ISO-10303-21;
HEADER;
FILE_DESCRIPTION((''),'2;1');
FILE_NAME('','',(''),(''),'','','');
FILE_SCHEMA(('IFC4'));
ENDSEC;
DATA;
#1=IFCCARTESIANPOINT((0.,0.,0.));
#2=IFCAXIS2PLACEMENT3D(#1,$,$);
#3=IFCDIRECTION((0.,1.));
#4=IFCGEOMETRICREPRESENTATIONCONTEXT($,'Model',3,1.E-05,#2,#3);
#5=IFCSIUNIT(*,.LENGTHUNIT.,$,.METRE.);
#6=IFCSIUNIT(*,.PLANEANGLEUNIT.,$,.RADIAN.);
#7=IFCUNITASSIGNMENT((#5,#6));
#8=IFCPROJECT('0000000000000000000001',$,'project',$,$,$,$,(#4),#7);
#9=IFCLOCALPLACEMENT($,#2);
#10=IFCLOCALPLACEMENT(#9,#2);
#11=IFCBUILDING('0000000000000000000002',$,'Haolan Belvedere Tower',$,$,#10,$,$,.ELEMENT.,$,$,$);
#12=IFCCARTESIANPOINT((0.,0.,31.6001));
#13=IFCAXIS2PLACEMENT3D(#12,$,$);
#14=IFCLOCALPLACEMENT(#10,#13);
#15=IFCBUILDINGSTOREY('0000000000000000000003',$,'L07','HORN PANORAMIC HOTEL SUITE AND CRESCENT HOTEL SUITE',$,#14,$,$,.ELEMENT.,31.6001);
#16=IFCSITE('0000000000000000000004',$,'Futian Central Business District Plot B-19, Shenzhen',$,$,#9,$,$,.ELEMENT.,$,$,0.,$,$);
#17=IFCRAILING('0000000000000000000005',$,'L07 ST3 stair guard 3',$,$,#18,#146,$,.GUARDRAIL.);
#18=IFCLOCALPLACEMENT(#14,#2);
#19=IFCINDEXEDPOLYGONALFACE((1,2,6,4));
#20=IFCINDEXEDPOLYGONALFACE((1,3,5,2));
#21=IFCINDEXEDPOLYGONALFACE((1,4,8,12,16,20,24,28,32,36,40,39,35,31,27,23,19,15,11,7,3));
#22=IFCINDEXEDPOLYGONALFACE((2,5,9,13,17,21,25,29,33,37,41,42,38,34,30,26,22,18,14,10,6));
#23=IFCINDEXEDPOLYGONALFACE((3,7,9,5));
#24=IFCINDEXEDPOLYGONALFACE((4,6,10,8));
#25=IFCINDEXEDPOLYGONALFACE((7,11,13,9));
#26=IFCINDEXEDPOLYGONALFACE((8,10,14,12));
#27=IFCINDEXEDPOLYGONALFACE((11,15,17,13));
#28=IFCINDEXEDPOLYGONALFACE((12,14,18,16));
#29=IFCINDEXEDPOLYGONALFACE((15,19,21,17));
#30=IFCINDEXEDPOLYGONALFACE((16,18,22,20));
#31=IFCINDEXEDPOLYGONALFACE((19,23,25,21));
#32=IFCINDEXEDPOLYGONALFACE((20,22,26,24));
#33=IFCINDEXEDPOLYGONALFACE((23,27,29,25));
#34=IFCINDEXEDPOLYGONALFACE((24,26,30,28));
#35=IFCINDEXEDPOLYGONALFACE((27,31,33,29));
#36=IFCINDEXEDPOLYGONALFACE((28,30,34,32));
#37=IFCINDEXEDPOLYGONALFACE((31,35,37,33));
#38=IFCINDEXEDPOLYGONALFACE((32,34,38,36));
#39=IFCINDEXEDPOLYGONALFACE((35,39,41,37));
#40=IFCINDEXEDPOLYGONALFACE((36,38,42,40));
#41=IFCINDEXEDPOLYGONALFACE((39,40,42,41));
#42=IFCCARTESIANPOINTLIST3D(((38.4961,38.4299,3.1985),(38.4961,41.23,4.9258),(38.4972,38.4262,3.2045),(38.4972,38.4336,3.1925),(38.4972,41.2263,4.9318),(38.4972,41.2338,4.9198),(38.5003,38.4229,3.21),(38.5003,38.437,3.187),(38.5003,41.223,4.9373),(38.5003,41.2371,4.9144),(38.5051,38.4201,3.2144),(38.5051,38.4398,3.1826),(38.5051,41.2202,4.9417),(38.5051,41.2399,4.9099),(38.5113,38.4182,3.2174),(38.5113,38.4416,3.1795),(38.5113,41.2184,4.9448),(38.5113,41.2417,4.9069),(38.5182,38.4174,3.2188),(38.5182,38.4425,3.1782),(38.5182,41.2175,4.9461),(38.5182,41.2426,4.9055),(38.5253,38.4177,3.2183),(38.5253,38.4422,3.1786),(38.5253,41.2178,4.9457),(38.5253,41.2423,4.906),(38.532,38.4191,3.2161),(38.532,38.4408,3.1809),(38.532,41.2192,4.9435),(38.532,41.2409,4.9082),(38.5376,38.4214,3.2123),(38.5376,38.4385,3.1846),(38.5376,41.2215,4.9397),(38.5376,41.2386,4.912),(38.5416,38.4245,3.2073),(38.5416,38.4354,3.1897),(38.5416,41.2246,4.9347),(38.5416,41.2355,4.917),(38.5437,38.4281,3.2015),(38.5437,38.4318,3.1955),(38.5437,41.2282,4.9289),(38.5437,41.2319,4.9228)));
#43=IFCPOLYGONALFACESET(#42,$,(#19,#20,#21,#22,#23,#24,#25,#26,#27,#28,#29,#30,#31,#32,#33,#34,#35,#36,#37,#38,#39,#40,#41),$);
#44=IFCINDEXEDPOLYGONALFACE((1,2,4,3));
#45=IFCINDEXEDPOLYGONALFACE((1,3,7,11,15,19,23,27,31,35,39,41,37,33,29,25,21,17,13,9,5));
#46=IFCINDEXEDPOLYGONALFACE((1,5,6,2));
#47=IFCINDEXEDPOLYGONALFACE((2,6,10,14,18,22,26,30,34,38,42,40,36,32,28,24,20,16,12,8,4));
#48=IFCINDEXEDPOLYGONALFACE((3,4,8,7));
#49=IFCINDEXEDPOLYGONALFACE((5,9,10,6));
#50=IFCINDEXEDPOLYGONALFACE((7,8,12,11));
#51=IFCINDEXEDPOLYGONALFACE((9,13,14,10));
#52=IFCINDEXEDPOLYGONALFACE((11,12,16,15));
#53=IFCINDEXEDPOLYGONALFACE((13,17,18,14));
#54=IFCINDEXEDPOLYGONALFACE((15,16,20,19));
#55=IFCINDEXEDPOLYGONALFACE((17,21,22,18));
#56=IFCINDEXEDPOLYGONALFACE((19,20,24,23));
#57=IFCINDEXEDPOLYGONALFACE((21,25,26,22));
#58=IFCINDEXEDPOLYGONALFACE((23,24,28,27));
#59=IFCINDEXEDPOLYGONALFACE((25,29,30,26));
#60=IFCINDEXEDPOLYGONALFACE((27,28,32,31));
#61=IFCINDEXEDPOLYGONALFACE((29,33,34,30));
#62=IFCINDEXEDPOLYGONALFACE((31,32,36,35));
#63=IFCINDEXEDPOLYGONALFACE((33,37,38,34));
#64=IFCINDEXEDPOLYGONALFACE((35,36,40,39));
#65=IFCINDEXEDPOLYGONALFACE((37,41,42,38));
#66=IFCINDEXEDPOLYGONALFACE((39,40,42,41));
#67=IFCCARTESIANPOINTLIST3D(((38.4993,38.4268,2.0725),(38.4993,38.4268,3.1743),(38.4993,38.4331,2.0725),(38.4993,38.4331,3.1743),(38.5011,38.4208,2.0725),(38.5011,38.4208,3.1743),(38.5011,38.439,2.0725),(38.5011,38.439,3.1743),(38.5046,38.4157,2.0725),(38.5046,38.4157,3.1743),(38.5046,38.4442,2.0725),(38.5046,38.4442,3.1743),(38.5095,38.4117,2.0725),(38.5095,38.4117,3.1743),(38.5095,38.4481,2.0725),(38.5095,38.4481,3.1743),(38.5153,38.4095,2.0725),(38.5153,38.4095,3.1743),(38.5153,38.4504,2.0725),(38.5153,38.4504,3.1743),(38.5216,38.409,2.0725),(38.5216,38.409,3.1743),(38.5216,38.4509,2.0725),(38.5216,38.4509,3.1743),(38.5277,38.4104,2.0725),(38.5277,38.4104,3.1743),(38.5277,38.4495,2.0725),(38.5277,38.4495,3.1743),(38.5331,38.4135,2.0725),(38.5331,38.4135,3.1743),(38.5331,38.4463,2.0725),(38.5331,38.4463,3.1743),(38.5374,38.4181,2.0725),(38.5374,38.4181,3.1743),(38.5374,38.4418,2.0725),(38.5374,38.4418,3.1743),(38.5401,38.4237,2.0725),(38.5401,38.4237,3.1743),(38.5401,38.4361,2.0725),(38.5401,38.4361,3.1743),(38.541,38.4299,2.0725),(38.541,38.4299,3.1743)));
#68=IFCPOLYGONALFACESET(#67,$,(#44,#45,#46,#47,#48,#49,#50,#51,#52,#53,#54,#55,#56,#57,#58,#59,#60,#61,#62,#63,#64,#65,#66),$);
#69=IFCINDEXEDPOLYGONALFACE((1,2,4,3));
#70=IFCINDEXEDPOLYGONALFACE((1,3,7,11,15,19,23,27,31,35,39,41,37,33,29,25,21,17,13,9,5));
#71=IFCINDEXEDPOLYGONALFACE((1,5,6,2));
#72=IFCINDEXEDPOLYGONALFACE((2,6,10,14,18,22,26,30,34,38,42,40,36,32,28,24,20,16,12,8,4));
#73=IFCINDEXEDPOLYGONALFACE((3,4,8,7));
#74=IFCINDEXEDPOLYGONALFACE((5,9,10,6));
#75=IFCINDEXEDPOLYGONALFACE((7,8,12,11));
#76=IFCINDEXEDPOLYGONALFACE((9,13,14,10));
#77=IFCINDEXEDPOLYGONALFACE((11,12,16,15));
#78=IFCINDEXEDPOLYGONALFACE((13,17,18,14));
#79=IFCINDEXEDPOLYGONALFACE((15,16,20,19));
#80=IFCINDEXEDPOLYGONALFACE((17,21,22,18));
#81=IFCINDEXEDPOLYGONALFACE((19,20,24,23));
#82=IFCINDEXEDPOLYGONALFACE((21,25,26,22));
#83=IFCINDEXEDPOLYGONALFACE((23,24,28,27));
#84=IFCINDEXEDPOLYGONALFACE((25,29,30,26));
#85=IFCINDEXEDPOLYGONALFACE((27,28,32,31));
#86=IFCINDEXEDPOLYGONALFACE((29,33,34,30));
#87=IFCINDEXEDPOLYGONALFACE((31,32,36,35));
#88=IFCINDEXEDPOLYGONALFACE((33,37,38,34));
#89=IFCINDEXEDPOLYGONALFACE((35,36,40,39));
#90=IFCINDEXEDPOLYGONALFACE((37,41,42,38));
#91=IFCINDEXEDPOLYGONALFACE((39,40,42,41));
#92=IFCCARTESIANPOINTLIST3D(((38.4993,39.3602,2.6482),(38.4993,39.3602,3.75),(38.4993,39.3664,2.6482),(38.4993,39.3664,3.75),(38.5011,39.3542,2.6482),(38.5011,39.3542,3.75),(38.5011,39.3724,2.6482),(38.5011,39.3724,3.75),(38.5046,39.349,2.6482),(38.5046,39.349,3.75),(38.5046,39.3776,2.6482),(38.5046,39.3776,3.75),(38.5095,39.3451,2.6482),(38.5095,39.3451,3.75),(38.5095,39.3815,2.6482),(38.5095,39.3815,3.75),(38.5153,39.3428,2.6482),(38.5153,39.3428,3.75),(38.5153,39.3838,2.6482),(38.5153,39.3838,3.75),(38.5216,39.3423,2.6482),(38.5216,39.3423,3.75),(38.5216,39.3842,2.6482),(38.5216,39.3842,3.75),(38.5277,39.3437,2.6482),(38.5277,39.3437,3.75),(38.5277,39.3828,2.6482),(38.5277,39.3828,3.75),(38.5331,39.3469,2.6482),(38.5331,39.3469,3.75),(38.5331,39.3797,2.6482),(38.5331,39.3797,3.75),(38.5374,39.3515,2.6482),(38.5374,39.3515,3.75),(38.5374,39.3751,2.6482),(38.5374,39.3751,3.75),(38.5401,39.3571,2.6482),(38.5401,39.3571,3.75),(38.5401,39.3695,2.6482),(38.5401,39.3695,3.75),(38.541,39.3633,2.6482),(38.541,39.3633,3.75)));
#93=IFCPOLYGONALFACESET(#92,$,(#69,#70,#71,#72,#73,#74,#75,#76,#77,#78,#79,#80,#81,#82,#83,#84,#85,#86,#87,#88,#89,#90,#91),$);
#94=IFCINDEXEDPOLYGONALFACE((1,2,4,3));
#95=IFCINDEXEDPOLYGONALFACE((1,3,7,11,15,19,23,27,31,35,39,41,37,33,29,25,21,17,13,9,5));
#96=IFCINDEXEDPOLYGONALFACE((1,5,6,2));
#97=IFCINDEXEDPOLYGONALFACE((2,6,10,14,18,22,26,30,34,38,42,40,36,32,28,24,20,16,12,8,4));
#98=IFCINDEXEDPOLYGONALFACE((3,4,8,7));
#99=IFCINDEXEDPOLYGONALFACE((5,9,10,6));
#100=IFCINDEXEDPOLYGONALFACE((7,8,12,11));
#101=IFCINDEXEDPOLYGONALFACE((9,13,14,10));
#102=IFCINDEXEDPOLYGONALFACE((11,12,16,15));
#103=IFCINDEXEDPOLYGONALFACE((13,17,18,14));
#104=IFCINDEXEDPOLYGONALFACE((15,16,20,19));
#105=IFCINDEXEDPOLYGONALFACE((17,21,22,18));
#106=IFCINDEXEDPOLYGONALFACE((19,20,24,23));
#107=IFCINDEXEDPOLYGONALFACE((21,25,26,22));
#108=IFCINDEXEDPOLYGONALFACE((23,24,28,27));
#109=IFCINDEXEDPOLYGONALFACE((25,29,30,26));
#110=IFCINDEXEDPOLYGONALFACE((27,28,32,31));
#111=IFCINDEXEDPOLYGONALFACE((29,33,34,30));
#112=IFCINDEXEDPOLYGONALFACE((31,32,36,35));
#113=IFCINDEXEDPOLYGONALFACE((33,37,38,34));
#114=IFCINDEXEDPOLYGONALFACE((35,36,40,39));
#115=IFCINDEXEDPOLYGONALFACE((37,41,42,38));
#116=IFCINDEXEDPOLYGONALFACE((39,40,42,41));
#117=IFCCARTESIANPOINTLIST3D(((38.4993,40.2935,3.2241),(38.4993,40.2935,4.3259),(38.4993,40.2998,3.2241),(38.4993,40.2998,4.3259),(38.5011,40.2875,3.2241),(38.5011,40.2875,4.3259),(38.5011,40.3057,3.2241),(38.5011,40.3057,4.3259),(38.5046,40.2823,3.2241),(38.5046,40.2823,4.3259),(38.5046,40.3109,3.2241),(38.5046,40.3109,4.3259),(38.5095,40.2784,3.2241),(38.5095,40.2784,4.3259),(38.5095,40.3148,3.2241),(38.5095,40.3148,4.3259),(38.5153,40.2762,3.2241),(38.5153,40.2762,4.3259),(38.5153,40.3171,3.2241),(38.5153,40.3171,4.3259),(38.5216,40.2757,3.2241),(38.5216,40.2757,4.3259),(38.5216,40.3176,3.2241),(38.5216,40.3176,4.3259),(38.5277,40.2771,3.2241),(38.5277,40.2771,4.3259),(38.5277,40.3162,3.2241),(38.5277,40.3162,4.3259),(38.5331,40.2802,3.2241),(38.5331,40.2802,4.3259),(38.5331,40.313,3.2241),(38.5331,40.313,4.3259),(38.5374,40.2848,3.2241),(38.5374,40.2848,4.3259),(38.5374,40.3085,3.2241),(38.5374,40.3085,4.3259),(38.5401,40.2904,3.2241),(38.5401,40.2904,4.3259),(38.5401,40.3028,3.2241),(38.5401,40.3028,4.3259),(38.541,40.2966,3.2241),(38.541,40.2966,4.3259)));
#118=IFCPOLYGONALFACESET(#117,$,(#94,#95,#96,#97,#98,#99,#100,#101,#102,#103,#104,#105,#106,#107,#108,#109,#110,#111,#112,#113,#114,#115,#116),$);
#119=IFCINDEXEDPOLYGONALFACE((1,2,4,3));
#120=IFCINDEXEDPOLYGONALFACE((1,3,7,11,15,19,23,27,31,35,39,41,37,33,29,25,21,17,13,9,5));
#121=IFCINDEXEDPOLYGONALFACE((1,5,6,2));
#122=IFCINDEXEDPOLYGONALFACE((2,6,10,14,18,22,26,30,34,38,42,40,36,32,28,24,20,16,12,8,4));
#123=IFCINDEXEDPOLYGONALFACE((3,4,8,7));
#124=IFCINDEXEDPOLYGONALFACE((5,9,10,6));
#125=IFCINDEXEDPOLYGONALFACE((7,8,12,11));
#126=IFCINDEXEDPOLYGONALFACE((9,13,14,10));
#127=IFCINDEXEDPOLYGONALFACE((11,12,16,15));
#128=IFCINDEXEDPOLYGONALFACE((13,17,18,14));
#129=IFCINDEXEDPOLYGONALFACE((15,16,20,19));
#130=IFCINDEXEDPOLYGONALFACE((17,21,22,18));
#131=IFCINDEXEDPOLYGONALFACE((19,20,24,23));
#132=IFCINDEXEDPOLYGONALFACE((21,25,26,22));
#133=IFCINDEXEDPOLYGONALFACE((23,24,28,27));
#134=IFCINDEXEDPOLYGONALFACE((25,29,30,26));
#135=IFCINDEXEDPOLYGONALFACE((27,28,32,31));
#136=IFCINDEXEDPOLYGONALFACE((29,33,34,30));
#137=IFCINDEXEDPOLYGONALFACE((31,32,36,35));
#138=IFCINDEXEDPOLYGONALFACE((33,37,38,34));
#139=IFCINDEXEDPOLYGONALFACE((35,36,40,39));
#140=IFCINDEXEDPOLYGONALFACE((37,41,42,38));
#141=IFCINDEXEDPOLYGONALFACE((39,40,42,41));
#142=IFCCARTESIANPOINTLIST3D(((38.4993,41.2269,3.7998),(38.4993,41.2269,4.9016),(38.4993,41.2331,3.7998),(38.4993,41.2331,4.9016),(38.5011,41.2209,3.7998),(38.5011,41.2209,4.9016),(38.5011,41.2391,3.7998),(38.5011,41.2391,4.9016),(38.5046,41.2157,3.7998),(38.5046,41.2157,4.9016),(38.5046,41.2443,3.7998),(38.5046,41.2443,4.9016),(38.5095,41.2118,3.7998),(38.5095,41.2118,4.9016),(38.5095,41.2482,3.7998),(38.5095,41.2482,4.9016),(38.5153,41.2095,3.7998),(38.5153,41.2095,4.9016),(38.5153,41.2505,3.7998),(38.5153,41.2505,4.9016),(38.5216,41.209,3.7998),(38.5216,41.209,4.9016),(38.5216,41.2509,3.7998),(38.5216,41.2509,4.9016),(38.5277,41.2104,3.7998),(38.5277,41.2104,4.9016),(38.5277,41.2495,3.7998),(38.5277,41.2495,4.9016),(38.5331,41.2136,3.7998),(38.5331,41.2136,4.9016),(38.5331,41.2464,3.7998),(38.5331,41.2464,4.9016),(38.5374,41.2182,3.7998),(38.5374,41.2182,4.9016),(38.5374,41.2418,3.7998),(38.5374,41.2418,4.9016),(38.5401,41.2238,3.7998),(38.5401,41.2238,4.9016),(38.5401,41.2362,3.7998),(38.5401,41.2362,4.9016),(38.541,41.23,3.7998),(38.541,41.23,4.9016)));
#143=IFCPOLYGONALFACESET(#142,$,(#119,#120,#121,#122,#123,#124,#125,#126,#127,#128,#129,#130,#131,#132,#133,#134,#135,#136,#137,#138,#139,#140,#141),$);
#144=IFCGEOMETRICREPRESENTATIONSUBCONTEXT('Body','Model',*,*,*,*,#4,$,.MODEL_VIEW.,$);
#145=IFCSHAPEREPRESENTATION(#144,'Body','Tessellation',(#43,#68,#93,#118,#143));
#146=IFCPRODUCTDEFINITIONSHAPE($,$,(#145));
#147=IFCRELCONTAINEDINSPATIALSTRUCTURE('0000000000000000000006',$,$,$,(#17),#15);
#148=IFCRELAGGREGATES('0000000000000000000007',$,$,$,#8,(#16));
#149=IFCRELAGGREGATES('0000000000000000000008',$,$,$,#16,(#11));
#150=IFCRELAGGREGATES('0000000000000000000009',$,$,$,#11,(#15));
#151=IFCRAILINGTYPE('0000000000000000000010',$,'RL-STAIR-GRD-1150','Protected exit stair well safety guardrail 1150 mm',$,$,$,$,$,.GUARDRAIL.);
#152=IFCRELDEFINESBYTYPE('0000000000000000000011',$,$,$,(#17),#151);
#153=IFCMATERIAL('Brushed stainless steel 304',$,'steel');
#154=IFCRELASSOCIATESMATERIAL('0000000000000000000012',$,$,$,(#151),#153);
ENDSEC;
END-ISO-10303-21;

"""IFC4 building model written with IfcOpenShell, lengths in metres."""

from ifc_helpers import new_model, si_unit, direction, frame, origin, origin_2d, place, context, subcontext, project, spatial, circle, extrude, material, type_object, element, save


model = new_model("IFC4")

# Units and contexts
model_context = context("Model", 3, precision=1e-05, world=origin(), true_north=direction((0.0, 1.0)))
body_context = subcontext(model_context, "Body", "Model", "MODEL_VIEW")
ifc_project = project(units=[si_unit("LENGTHUNIT", "METRE"), si_unit("PLANEANGLEUNIT", "RADIAN")], contexts=[model_context])

# Site, building, storey
site_placement = place(None, origin())
site = spatial("IfcSite", under=ifc_project, at=site_placement, Name="Futian Central Business District Plot B-19, Shenzhen", CompositionType="ELEMENT", RefElevation=0.0)
building_placement = place(site_placement, origin())
building = spatial("IfcBuilding", under=site, at=building_placement, Name="Haolan Belvedere Tower", CompositionType="ELEMENT")
storey_placement = place(building_placement, frame((0.0, 0.0, 31.6001)))
storey = spatial("IfcBuildingStorey", under=building, at=storey_placement, Name="L07", Description="HORN PANORAMIC HOTEL SUITE AND CRESCENT HOTEL SUITE", CompositionType="ELEMENT", Elevation=31.6001)

# Railing
ifc_material_1 = material(Name="Brushed stainless steel 304", Category="steel")
railing_type_1 = type_object("IfcRailingType", Name="RL-STAIR-GRD-1150", Description="Protected exit stair well safety guardrail 1150 mm", PredefinedType="GUARDRAIL", material=ifc_material_1)
railing_1_placement = place(storey_placement, frame((38.52, 38.4299, 2.0725)))
element("IfcRailing", 1, at=railing_1_placement, inside=storey, type_object=railing_type_1, Name="L07 ST3 stair guard 3", PredefinedType="GUARDRAIL", context=body_context, shape_type="SweptSolid", body=[
    extrude(circle(Radius=0.0239, at=origin_2d()), frame((0.0, 0.0, 1.126), z_axis=(0.0, 0.85109, 0.52502), x_axis=(-1.0, 0.0, 0.0)), (0.0, 0.0, 1.0), 3.29),
    extrude(circle(Radius=0.021, at=origin_2d()), origin(), (0.0, 0.0, 1.0), 1.1018),
    extrude(circle(Radius=0.021, at=origin_2d()), frame((0.0, 0.9333, 0.5757)), (0.0, 0.0, 1.0), 1.1018),
    extrude(circle(Radius=0.021, at=origin_2d()), frame((0.0, 1.8667, 1.1516)), (0.0, 0.0, 1.0), 1.1018),
    extrude(circle(Radius=0.021, at=origin_2d()), frame((0.0, 2.8, 1.7273)), (0.0, 0.0, 1.0), 1.1018),
])

save(model, "model.ifc")
